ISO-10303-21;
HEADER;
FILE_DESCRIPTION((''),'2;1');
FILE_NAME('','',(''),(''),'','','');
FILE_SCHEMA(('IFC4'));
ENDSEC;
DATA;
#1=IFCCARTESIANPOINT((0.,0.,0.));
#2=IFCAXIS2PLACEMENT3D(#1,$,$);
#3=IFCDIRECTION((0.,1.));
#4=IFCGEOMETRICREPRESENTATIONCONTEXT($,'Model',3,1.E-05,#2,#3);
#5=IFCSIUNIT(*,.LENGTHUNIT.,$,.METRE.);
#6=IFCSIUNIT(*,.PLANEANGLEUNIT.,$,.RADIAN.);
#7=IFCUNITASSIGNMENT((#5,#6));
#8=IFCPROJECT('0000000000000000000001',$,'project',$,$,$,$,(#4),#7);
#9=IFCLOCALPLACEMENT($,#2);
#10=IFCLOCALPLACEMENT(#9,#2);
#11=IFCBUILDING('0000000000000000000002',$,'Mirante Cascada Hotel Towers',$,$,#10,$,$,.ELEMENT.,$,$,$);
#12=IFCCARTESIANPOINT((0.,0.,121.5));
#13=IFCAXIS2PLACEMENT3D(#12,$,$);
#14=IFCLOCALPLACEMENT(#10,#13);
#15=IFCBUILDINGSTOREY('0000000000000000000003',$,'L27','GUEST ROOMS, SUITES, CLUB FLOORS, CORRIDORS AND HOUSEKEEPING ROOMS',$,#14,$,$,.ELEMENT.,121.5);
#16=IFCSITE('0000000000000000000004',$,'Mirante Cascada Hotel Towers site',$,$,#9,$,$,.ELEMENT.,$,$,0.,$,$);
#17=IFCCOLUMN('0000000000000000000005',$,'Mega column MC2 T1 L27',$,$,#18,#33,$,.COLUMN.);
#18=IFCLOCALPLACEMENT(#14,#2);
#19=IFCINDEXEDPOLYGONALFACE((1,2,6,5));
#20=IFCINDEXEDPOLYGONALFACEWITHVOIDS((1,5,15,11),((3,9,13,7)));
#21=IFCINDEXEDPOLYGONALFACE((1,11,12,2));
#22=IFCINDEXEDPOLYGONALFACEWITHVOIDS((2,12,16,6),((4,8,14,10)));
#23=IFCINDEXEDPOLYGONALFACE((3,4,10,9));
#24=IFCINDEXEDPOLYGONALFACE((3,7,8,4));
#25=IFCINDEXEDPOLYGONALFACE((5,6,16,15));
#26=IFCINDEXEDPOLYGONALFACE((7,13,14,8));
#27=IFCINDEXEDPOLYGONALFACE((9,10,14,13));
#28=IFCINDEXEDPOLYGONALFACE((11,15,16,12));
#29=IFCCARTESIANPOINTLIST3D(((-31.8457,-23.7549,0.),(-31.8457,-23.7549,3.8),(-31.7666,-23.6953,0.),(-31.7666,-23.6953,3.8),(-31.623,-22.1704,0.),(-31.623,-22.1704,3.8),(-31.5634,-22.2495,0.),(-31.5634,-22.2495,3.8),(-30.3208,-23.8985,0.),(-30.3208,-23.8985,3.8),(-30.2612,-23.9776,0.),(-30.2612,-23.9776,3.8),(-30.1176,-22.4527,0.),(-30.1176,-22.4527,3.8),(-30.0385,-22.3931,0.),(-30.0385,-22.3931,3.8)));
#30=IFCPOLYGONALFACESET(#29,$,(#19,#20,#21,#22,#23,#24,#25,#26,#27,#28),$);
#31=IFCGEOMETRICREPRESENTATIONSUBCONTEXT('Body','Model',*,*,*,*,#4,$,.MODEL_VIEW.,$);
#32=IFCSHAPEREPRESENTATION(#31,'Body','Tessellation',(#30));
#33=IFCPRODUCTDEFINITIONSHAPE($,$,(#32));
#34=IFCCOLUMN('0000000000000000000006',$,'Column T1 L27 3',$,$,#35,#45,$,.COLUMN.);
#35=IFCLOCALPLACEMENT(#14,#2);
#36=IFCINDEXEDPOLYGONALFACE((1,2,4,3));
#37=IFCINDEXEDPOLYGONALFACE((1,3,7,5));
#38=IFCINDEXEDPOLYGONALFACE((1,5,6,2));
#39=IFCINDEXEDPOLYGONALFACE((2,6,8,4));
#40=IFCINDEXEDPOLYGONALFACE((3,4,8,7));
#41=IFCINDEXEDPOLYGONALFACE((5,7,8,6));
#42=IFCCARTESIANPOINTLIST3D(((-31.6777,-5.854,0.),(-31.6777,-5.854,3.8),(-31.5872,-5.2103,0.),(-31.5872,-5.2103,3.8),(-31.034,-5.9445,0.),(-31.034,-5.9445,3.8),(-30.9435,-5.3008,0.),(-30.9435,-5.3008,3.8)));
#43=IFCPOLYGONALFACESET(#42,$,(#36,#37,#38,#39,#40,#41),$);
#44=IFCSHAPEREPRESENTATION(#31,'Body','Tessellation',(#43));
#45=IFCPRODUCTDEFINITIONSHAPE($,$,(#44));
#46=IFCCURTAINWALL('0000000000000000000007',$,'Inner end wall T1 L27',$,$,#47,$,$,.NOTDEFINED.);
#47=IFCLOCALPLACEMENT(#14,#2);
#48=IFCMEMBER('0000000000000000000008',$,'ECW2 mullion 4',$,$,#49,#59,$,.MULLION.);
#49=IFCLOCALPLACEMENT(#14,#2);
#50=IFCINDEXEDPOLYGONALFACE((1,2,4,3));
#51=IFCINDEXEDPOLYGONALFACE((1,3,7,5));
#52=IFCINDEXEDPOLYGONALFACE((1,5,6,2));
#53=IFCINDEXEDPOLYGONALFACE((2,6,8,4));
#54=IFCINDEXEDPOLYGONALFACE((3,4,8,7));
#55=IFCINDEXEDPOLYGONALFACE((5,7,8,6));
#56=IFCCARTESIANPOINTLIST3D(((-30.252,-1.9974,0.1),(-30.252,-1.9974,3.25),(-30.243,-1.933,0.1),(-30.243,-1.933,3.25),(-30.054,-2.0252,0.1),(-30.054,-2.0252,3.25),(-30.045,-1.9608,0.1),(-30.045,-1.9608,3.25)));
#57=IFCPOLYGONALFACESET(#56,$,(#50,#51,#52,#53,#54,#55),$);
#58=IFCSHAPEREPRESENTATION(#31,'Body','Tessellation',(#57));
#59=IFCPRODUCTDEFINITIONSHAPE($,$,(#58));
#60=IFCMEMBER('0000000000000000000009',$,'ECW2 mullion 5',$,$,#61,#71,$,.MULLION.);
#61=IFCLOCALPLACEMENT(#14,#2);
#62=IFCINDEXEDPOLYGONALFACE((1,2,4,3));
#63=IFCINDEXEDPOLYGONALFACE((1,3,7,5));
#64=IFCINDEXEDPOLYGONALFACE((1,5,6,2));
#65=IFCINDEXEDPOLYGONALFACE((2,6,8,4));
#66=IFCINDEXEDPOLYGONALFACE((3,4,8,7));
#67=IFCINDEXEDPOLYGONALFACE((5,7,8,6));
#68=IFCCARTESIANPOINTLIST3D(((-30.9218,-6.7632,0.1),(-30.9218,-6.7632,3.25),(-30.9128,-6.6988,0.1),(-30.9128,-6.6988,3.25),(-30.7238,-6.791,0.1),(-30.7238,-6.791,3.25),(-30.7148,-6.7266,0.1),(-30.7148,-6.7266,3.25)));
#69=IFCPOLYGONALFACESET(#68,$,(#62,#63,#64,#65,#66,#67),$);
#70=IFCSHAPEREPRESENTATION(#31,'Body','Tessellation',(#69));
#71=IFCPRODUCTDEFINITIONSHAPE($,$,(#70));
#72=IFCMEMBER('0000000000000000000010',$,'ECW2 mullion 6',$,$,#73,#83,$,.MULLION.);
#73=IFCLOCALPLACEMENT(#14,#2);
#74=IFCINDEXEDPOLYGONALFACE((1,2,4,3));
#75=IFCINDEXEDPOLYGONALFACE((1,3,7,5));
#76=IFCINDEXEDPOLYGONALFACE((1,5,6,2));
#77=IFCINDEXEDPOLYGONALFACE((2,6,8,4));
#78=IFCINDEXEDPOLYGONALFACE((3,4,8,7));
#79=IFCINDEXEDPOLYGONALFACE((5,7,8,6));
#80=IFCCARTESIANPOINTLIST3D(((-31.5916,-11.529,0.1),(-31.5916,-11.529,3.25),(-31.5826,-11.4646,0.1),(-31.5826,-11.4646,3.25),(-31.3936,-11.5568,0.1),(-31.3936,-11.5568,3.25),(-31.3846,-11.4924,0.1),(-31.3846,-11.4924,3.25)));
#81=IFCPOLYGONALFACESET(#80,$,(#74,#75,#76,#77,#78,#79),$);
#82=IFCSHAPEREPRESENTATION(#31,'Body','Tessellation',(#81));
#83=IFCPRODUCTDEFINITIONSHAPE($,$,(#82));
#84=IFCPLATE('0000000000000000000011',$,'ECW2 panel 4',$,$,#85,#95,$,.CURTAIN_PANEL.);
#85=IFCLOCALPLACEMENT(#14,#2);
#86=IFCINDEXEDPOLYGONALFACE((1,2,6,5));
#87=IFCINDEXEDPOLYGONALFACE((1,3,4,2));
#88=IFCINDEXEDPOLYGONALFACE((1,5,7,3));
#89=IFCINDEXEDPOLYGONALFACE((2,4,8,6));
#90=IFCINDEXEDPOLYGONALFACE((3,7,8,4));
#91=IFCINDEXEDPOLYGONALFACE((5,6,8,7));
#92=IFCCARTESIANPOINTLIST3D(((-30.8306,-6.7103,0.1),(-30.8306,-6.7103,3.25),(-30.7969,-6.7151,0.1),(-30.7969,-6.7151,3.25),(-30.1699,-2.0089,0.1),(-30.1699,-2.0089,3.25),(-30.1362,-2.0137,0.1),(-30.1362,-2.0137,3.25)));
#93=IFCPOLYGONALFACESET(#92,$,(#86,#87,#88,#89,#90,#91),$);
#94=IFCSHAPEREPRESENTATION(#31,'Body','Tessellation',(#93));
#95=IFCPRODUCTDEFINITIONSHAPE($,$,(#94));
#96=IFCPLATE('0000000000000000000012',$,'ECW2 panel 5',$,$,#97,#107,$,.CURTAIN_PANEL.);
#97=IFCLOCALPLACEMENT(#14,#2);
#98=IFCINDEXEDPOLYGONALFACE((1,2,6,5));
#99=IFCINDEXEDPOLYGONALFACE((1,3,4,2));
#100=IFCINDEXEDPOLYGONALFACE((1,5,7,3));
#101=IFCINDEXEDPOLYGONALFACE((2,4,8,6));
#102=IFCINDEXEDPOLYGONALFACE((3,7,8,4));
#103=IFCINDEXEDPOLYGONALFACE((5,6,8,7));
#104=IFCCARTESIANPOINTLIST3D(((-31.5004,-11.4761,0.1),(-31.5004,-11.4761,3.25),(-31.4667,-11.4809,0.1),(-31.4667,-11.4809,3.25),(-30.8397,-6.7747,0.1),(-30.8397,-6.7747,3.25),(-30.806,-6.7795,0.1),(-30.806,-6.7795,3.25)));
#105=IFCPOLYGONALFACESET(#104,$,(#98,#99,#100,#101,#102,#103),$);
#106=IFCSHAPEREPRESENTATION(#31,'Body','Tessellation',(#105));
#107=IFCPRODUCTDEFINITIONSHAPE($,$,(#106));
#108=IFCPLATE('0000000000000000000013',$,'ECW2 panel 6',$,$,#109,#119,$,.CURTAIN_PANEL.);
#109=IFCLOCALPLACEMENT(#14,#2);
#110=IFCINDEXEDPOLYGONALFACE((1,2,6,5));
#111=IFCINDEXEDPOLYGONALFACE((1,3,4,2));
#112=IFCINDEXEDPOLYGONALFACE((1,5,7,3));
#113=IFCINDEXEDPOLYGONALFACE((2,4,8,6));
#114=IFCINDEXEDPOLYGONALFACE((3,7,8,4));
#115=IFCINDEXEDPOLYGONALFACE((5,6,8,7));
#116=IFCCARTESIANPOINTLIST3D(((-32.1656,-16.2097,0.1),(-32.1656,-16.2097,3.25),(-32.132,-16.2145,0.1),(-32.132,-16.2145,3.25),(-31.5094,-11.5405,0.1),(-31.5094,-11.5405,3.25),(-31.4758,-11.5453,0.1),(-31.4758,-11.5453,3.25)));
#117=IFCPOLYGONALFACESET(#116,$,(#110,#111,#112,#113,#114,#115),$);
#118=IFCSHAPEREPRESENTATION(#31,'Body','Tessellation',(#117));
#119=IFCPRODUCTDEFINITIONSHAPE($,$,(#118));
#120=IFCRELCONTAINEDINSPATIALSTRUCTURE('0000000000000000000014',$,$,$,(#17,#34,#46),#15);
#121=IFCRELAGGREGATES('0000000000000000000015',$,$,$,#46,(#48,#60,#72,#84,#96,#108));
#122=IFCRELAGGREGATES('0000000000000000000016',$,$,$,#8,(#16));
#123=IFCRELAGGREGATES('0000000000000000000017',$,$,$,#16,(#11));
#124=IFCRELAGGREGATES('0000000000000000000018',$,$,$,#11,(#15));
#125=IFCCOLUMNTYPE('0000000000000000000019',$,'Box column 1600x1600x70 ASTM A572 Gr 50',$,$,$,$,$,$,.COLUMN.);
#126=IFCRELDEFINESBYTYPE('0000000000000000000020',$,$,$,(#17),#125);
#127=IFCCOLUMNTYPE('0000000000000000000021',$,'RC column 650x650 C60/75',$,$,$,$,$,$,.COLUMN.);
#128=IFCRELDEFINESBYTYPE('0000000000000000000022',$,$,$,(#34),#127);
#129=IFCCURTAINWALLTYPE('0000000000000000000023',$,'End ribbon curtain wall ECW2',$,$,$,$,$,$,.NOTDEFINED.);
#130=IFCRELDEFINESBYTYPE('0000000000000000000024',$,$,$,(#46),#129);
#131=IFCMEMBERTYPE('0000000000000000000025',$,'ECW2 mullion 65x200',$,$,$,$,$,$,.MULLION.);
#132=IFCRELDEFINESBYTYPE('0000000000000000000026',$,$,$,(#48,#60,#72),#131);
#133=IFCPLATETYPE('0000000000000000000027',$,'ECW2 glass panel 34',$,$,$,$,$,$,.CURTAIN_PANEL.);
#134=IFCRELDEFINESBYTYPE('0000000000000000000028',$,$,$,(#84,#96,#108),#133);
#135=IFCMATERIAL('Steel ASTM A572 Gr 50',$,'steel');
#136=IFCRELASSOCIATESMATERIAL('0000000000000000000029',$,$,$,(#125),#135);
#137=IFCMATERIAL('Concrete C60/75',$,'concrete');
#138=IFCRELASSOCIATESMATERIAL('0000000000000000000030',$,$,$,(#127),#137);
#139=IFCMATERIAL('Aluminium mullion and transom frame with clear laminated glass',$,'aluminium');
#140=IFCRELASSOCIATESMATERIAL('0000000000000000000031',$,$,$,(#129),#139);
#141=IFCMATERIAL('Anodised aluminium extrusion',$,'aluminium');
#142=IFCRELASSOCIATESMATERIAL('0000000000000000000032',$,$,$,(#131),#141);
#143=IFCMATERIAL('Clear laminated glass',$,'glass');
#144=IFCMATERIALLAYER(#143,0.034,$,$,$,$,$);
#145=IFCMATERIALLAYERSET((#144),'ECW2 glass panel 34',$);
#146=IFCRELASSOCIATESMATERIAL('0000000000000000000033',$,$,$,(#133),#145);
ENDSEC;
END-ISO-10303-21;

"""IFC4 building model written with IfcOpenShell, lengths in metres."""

from ifc_helpers import new_model, si_unit, direction, frame, origin, origin_2d, place, context, subcontext, project, spatial, rectangle, hollow_rectangle, extrude, material, layer, layer_set, material_profile, profile_set, type_object, element, aggregate, save


model = new_model("IFC4")

# Units and contexts
model_context = context("Model", 3, precision=1e-05, world=origin(), true_north=direction((0.0, 1.0)))
body_context = subcontext(model_context, "Body", "Model", "MODEL_VIEW")
ifc_project = project(units=[si_unit("LENGTHUNIT", "METRE"), si_unit("PLANEANGLEUNIT", "RADIAN")], contexts=[model_context])

# Site, building, storey
site_placement = place(None, origin())
site = spatial("IfcSite", under=ifc_project, at=site_placement, Name="Mirante Cascada Hotel Towers site", CompositionType="ELEMENT", RefElevation=0.0)
building_placement = place(site_placement, origin())
building = spatial("IfcBuilding", under=site, at=building_placement, Name="Mirante Cascada Hotel Towers", CompositionType="ELEMENT")
storey_placement = place(building_placement, frame((0.0, 0.0, 121.5)))
storey = spatial("IfcBuildingStorey", under=building, at=storey_placement, Name="L27", Description="GUEST ROOMS, SUITES, CLUB FLOORS, CORRIDORS AND HOUSEKEEPING ROOMS", CompositionType="ELEMENT", Elevation=121.5)

# Columns
ifc_material_1 = material(Name="Steel ASTM A572 Gr 50", Category="steel")
ifc_material_profile_1 = material_profile(ifc_material_1, hollow_rectangle(XDim=1.6, YDim=1.6, WallThickness=0.07, at=origin_2d()), Name="Box column 1600x1600x70 ASTM A572 Gr 50")
ifc_profile_set_1 = profile_set([ifc_material_profile_1], Name="Steel ASTM A572 Gr 50")
column_type_1 = type_object("IfcColumnType", Name="Box column 1600x1600x70 ASTM A572 Gr 50", PredefinedType="COLUMN", material=ifc_profile_set_1)
column_1_placement = place(storey_placement, frame((-30.9421, -23.074, 0.0), z_axis=(0.0, 0.0, 1.0), x_axis=(-0.990268, 0.139173, 0.0)))
element("IfcColumn", 1, at=column_1_placement, inside=storey, type_object=column_type_1, Name="Mega column MC2 T1 L27", PredefinedType="COLUMN", context=body_context, shape_type="SweptSolid", body=[
    extrude(hollow_rectangle(XDim=1.6, YDim=1.6, WallThickness=0.07, at=origin_2d()), origin(), (0.0, 0.0, 1.0), 3.8),
])
ifc_material_2 = material(Name="Concrete C60/75", Category="concrete")
ifc_material_profile_2 = material_profile(ifc_material_2, rectangle(XDim=0.65, YDim=0.65, at=origin_2d()), Name="RC column 650x650 C60/75")
ifc_profile_set_2 = profile_set([ifc_material_profile_2], Name="Concrete C60/75")
column_type_2 = type_object("IfcColumnType", Name="RC column 650x650 C60/75", PredefinedType="COLUMN", material=ifc_profile_set_2)
column_2_placement = place(storey_placement, frame((-31.3106, -5.5774, 0.0), z_axis=(0.0, 0.0, 1.0), x_axis=(-0.990268, 0.139173, 0.0)))
element("IfcColumn", 2, at=column_2_placement, inside=storey, type_object=column_type_2, Name="Column T1 L27 3", PredefinedType="COLUMN", context=body_context, shape_type="SweptSolid", body=[
    extrude(rectangle(XDim=0.65, YDim=0.65, at=origin_2d()), origin(), (0.0, 0.0, 1.0), 3.8),
])

# Curtain wall, members, plates
ifc_material_3 = material(Name="Aluminium mullion and transom frame with clear laminated glass", Category="aluminium")
curtain_wall_type = type_object("IfcCurtainWallType", Name="End ribbon curtain wall ECW2", PredefinedType="NOTDEFINED", material=ifc_material_3)
curtain_wall_placement = place(storey_placement, origin())
curtain_wall = element("IfcCurtainWall", 3, at=curtain_wall_placement, inside=storey, type_object=curtain_wall_type, Name="Inner end wall T1 L27", PredefinedType="NOTDEFINED")
ifc_material_4 = material(Name="Anodised aluminium extrusion", Category="aluminium")
ifc_material_profile_3 = material_profile(ifc_material_4, rectangle(XDim=0.2, YDim=0.065, at=origin_2d()), Name="ECW2 MULLION 65x200")
ifc_profile_set_3 = profile_set([ifc_material_profile_3], Name="Anodised aluminium extrusion")
member_type = type_object("IfcMemberType", Name="ECW2 mullion 65x200", PredefinedType="MULLION", material=ifc_profile_set_3)
member_1_placement = place(storey_placement, frame((-30.1485, -1.9791, 0.1), z_axis=(0.0, 0.0, 1.0), x_axis=(0.990268, -0.139173, 0.0)))
member_1 = element("IfcMember", 4, at=member_1_placement, type_object=member_type, Name="ECW2 mullion 4", PredefinedType="MULLION", context=body_context, shape_type="SweptSolid", body=[
    extrude(rectangle(XDim=0.2, YDim=0.065, at=origin_2d()), origin(), (0.0, 0.0, 1.0), 3.15),
])
member_2_placement = place(storey_placement, frame((-30.8183, -6.7449, 0.1), z_axis=(0.0, 0.0, 1.0), x_axis=(0.990268, -0.139173, 0.0)))
member_2 = element("IfcMember", 5, at=member_2_placement, type_object=member_type, Name="ECW2 mullion 5", PredefinedType="MULLION", context=body_context, shape_type="SweptSolid", body=[
    extrude(rectangle(XDim=0.2, YDim=0.065, at=origin_2d()), origin(), (0.0, 0.0, 1.0), 3.15),
])
member_3_placement = place(storey_placement, frame((-31.4881, -11.5107, 0.1), z_axis=(0.0, 0.0, 1.0), x_axis=(0.990268, -0.139173, 0.0)))
member_3 = element("IfcMember", 6, at=member_3_placement, type_object=member_type, Name="ECW2 mullion 6", PredefinedType="MULLION", context=body_context, shape_type="SweptSolid", body=[
    extrude(rectangle(XDim=0.2, YDim=0.065, at=origin_2d()), origin(), (0.0, 0.0, 1.0), 3.15),
])
ifc_material_5 = material(Name="Clear laminated glass", Category="glass")
ifc_layer_1 = layer(ifc_material_5, 0.034)
ifc_layer_set_1 = layer_set([ifc_layer_1], Name="ECW2 glass panel 34")
plate_type = type_object("IfcPlateType", Name="ECW2 glass panel 34", PredefinedType="CURTAIN_PANEL", material=ifc_layer_set_1)
plate_1_placement = place(storey_placement, frame((-30.4834, -4.362, 0.1), z_axis=(0.0, 0.0, 1.0), x_axis=(-0.139173, -0.990268, 0.0)))
plate_1 = element("IfcPlate", 7, at=plate_1_placement, type_object=plate_type, Name="ECW2 panel 4", PredefinedType="CURTAIN_PANEL", context=body_context, shape_type="SweptSolid", body=[
    extrude(rectangle(XDim=4.7476, YDim=0.034, at=origin_2d()), origin(), (0.0, 0.0, 1.0), 3.15),
])
plate_2_placement = place(storey_placement, frame((-31.1532, -9.1278, 0.1), z_axis=(0.0, 0.0, 1.0), x_axis=(-0.139173, -0.990268, 0.0)))
plate_2 = element("IfcPlate", 8, at=plate_2_placement, type_object=plate_type, Name="ECW2 panel 5", PredefinedType="CURTAIN_PANEL", context=body_context, shape_type="SweptSolid", body=[
    extrude(rectangle(XDim=4.7476, YDim=0.034, at=origin_2d()), origin(), (0.0, 0.0, 1.0), 3.15),
])
plate_3_placement = place(storey_placement, frame((-31.8207, -13.8775, 0.1), z_axis=(0.0, 0.0, 1.0), x_axis=(-0.139173, -0.990268, 0.0)))
plate_3 = element("IfcPlate", 9, at=plate_3_placement, type_object=plate_type, Name="ECW2 panel 6", PredefinedType="CURTAIN_PANEL", context=body_context, shape_type="SweptSolid", body=[
    extrude(rectangle(XDim=4.7151, YDim=0.034, at=origin_2d()), origin(), (0.0, 0.0, 1.0), 3.15),
])
aggregate(curtain_wall, [member_1, member_2, member_3, plate_1, plate_2, plate_3])

save(model, "model.ifc")
